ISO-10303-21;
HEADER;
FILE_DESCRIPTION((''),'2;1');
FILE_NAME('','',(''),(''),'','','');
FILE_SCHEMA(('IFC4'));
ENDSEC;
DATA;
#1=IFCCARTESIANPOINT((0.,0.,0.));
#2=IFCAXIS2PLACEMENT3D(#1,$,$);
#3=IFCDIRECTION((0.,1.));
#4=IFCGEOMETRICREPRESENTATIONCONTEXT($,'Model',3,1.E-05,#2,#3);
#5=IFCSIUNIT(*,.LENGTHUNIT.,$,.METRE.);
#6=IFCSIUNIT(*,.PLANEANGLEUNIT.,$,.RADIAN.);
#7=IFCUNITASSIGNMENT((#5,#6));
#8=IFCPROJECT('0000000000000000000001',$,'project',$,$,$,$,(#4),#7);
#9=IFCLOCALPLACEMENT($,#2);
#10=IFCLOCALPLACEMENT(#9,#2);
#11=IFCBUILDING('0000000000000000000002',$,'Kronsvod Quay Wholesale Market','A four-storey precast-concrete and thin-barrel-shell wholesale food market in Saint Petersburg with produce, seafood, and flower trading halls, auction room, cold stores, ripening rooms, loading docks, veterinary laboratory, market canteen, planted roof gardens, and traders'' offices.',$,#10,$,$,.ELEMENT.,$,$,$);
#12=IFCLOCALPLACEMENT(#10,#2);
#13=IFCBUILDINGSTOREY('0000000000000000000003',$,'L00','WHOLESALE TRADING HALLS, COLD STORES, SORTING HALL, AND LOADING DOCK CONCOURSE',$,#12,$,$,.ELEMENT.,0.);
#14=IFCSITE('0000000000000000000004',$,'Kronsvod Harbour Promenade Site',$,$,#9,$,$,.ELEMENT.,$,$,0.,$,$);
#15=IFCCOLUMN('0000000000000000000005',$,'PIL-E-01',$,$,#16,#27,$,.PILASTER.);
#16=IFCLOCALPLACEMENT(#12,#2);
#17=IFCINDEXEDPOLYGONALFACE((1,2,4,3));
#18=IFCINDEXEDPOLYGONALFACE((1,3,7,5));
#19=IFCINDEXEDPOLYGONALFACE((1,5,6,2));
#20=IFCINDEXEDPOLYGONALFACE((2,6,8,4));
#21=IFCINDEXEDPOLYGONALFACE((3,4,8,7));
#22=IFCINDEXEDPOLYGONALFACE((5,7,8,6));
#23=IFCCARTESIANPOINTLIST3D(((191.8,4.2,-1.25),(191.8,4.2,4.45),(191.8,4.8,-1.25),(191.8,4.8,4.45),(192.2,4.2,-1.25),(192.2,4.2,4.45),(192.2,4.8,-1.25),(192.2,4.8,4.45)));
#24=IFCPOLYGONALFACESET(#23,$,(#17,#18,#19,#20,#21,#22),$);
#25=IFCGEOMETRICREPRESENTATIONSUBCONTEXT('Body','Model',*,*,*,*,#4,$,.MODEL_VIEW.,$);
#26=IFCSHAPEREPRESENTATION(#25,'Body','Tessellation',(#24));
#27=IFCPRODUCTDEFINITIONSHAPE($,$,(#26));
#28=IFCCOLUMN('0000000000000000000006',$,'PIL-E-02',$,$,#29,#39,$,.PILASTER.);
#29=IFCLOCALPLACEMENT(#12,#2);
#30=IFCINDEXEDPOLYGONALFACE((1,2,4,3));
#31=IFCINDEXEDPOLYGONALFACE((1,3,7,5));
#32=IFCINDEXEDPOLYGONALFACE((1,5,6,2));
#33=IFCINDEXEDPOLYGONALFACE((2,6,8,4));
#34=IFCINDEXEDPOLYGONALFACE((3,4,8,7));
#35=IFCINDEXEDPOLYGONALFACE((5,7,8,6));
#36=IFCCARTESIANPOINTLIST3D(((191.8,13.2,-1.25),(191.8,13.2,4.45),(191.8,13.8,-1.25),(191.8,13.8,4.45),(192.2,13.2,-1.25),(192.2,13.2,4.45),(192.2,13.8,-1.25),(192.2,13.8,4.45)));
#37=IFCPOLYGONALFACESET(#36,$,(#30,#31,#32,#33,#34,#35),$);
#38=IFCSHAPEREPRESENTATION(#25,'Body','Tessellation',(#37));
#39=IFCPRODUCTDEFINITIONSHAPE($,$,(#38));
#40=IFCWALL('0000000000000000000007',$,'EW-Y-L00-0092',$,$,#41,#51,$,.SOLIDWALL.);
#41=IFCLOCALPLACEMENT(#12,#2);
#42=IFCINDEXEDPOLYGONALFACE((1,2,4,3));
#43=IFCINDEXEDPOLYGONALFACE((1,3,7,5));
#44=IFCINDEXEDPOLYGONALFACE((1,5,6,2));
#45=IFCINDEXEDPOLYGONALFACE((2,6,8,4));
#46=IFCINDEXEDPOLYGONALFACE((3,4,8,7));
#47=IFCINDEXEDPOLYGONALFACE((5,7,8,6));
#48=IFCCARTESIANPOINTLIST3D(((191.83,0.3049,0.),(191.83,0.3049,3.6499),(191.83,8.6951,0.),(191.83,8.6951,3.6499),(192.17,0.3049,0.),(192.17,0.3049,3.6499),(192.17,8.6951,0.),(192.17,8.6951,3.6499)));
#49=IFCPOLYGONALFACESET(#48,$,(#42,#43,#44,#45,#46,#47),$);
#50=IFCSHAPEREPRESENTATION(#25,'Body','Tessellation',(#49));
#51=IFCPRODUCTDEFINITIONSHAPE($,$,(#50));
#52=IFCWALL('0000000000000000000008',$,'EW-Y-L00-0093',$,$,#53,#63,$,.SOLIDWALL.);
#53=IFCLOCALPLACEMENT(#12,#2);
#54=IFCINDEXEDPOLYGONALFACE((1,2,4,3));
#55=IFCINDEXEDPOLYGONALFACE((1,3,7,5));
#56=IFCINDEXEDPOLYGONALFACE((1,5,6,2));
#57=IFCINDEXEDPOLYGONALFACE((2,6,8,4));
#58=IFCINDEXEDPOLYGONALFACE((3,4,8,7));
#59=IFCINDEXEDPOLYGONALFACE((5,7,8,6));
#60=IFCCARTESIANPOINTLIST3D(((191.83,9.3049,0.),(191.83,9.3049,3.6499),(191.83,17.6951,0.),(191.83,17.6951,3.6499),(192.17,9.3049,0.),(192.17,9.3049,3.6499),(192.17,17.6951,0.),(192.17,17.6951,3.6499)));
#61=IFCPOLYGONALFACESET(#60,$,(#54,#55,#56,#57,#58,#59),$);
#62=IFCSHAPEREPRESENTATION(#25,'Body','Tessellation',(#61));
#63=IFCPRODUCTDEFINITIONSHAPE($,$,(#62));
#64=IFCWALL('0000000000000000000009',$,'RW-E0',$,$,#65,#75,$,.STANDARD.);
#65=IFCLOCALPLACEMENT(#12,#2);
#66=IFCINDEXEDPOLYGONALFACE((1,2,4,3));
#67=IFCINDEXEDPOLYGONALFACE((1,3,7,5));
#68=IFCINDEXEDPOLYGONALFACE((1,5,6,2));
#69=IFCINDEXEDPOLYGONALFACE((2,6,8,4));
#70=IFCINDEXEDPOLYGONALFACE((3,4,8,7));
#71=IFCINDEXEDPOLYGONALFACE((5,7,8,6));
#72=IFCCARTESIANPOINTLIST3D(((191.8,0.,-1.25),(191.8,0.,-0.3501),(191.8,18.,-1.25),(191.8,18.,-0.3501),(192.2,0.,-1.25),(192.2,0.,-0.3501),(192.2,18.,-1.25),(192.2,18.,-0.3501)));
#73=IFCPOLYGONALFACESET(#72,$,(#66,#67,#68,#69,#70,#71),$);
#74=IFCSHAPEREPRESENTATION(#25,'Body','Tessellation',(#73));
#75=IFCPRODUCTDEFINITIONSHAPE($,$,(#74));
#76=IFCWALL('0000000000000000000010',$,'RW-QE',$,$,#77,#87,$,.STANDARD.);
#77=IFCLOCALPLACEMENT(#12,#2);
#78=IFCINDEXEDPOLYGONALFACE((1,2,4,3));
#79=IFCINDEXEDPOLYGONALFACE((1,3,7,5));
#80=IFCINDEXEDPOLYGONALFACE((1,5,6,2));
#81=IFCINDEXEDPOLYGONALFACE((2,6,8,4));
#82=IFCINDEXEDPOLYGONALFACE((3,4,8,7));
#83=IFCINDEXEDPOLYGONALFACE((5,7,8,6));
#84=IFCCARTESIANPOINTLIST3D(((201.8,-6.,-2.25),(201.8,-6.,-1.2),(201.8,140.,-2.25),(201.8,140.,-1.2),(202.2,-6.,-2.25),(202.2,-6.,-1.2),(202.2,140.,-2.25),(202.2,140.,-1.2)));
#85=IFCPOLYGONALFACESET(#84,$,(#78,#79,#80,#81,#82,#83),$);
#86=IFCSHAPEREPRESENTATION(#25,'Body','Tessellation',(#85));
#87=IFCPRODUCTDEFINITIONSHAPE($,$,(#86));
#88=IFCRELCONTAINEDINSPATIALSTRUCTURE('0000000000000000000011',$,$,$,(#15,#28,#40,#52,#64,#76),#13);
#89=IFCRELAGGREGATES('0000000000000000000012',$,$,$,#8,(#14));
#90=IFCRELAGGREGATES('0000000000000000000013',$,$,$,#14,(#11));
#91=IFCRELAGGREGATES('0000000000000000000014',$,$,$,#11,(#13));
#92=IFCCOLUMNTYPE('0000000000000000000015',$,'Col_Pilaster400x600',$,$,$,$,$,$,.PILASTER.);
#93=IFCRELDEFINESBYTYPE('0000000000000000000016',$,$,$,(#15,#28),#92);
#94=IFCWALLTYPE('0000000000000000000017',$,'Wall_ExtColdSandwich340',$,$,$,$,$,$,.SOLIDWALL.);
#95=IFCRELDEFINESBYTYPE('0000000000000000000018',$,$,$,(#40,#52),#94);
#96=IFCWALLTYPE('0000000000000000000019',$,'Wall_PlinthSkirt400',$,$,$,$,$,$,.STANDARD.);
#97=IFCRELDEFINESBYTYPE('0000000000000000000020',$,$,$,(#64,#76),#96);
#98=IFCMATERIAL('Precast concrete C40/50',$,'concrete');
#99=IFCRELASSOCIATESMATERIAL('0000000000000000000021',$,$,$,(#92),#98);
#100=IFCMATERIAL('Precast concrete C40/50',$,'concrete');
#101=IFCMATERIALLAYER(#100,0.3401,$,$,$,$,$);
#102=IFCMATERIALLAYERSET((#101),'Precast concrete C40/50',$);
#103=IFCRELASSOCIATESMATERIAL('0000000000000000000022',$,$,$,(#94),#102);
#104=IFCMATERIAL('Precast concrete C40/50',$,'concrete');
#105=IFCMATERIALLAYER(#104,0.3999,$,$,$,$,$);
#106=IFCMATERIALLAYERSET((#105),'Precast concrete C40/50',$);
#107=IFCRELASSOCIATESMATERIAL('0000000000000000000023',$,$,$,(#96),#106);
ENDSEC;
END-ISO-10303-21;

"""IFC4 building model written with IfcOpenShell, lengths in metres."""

from ifc_helpers import new_model, si_unit, direction, frame, frame_2d, origin, origin_2d, place, context, subcontext, project, spatial, rectangle, extrude, material, layer, layer_set, material_profile, profile_set, type_object, element, save


model = new_model("IFC4")

# Units and contexts
model_context = context("Model", 3, precision=1e-05, world=origin(), true_north=direction((0.0, 1.0)))
body_context = subcontext(model_context, "Body", "Model", "MODEL_VIEW")
ifc_project = project(units=[si_unit("LENGTHUNIT", "METRE"), si_unit("PLANEANGLEUNIT", "RADIAN")], contexts=[model_context])

# Site, building, storey
site_placement = place(None, origin())
site = spatial("IfcSite", under=ifc_project, at=site_placement, Name="Kronsvod Harbour Promenade Site", CompositionType="ELEMENT", RefElevation=0.0)
building_placement = place(site_placement, origin())
building = spatial("IfcBuilding", under=site, at=building_placement, Name="Kronsvod Quay Wholesale Market", Description="A four-storey precast-concrete and thin-barrel-shell wholesale food market in Saint Petersburg with produce, seafood, and flower trading halls, auction room, cold stores, ripening rooms, loading docks, veterinary laboratory, market canteen, planted roof gardens, and traders' offices.", CompositionType="ELEMENT")
storey_placement = place(building_placement, origin())
storey = spatial("IfcBuildingStorey", under=building, at=storey_placement, Name="L00", Description="WHOLESALE TRADING HALLS, COLD STORES, SORTING HALL, AND LOADING DOCK CONCOURSE", CompositionType="ELEMENT", Elevation=0.0)

# Columns
ifc_material_1 = material(Name="Precast concrete C40/50", Category="concrete")
ifc_material_profile_1 = material_profile(ifc_material_1, rectangle(XDim=0.3999, YDim=0.6001, at=origin_2d()), Name="PCPIL400x600")
ifc_profile_set_1 = profile_set([ifc_material_profile_1], Name="Precast concrete C40/50")
column_type_1 = type_object("IfcColumnType", Name="Col_Pilaster400x600", PredefinedType="PILASTER", material=ifc_profile_set_1)
for number, where, z_axis, x_axis, name in (
    (1, (192.0, 4.5, -1.25), (0.0, 0.0, 1.0), (1.0, 0.0, 0.0), "PIL-E-01"),
    (2, (192.0, 13.5, -1.25), (0.0, 0.0, 1.0), (1.0, 0.0, 0.0), "PIL-E-02"),
):
    element("IfcColumn", number, at=place(storey_placement, frame(where, z_axis=z_axis, x_axis=x_axis)), inside=storey, type_object=column_type_1, Name=name, PredefinedType="PILASTER", context=body_context, shape_type="SweptSolid", body=[
        extrude(rectangle(XDim=0.3999, YDim=0.6001, at=origin_2d()), origin(), (0.0, 0.0, 1.0), 5.7),
    ])

# Walls
ifc_material_2 = material(Name="Precast concrete C40/50", Category="concrete")
ifc_layer_1 = layer(ifc_material_2, 0.3401)
ifc_layer_set_1 = layer_set([ifc_layer_1], Name="Precast concrete C40/50")
wall_type_1 = type_object("IfcWallType", Name="Wall_ExtColdSandwich340", PredefinedType="SOLIDWALL", material=ifc_layer_set_1)
for number, where, z_axis, x_axis, name in (
    (3, (192.0, 0.3049, 0.0), (0.0, 0.0, 1.0), (0.0, 1.0, 0.0), "EW-Y-L00-0092"),
    (4, (192.0, 9.3049, 0.0), (0.0, 0.0, 1.0), (0.0, 1.0, 0.0), "EW-Y-L00-0093"),
):
    element("IfcWall", number, at=place(storey_placement, frame(where, z_axis=z_axis, x_axis=x_axis)), inside=storey, type_object=wall_type_1, Name=name, PredefinedType="SOLIDWALL", context=body_context, shape_type="SweptSolid", body=[
        extrude(rectangle(XDim=8.3901, YDim=0.3401, at=frame_2d((4.1951, 0.0))), origin(), (0.0, 0.0, 1.0), 3.6499),
    ])
ifc_material_3 = material(Name="Precast concrete C40/50", Category="concrete")
ifc_layer_2 = layer(ifc_material_3, 0.3999)
ifc_layer_set_2 = layer_set([ifc_layer_2], Name="Precast concrete C40/50")
wall_type_2 = type_object("IfcWallType", Name="Wall_PlinthSkirt400", PredefinedType="STANDARD", material=ifc_layer_set_2)
wall_1_placement = place(storey_placement, frame((192.0, 0.0, -1.25), z_axis=(0.0, 0.0, 1.0), x_axis=(0.0, 1.0, 0.0)))
element("IfcWall", 5, at=wall_1_placement, inside=storey, type_object=wall_type_2, Name="RW-E0", PredefinedType="STANDARD", context=body_context, shape_type="SweptSolid", body=[
    extrude(rectangle(XDim=18.0, YDim=0.3999, at=frame_2d((9.0, 0.0))), origin(), (0.0, 0.0, 1.0), 0.8999),
])
wall_2_placement = place(storey_placement, frame((202.0, -6.0, -2.25), z_axis=(0.0, 0.0, 1.0), x_axis=(0.0, 1.0, 0.0)))
element("IfcWall", 6, at=wall_2_placement, inside=storey, type_object=wall_type_2, Name="RW-QE", PredefinedType="STANDARD", context=body_context, shape_type="SweptSolid", body=[
    extrude(rectangle(XDim=146.0, YDim=0.3999, at=frame_2d((73.0, 0.0))), origin(), (0.0, 0.0, 1.0), 1.05),
])

save(model, "model.ifc")
